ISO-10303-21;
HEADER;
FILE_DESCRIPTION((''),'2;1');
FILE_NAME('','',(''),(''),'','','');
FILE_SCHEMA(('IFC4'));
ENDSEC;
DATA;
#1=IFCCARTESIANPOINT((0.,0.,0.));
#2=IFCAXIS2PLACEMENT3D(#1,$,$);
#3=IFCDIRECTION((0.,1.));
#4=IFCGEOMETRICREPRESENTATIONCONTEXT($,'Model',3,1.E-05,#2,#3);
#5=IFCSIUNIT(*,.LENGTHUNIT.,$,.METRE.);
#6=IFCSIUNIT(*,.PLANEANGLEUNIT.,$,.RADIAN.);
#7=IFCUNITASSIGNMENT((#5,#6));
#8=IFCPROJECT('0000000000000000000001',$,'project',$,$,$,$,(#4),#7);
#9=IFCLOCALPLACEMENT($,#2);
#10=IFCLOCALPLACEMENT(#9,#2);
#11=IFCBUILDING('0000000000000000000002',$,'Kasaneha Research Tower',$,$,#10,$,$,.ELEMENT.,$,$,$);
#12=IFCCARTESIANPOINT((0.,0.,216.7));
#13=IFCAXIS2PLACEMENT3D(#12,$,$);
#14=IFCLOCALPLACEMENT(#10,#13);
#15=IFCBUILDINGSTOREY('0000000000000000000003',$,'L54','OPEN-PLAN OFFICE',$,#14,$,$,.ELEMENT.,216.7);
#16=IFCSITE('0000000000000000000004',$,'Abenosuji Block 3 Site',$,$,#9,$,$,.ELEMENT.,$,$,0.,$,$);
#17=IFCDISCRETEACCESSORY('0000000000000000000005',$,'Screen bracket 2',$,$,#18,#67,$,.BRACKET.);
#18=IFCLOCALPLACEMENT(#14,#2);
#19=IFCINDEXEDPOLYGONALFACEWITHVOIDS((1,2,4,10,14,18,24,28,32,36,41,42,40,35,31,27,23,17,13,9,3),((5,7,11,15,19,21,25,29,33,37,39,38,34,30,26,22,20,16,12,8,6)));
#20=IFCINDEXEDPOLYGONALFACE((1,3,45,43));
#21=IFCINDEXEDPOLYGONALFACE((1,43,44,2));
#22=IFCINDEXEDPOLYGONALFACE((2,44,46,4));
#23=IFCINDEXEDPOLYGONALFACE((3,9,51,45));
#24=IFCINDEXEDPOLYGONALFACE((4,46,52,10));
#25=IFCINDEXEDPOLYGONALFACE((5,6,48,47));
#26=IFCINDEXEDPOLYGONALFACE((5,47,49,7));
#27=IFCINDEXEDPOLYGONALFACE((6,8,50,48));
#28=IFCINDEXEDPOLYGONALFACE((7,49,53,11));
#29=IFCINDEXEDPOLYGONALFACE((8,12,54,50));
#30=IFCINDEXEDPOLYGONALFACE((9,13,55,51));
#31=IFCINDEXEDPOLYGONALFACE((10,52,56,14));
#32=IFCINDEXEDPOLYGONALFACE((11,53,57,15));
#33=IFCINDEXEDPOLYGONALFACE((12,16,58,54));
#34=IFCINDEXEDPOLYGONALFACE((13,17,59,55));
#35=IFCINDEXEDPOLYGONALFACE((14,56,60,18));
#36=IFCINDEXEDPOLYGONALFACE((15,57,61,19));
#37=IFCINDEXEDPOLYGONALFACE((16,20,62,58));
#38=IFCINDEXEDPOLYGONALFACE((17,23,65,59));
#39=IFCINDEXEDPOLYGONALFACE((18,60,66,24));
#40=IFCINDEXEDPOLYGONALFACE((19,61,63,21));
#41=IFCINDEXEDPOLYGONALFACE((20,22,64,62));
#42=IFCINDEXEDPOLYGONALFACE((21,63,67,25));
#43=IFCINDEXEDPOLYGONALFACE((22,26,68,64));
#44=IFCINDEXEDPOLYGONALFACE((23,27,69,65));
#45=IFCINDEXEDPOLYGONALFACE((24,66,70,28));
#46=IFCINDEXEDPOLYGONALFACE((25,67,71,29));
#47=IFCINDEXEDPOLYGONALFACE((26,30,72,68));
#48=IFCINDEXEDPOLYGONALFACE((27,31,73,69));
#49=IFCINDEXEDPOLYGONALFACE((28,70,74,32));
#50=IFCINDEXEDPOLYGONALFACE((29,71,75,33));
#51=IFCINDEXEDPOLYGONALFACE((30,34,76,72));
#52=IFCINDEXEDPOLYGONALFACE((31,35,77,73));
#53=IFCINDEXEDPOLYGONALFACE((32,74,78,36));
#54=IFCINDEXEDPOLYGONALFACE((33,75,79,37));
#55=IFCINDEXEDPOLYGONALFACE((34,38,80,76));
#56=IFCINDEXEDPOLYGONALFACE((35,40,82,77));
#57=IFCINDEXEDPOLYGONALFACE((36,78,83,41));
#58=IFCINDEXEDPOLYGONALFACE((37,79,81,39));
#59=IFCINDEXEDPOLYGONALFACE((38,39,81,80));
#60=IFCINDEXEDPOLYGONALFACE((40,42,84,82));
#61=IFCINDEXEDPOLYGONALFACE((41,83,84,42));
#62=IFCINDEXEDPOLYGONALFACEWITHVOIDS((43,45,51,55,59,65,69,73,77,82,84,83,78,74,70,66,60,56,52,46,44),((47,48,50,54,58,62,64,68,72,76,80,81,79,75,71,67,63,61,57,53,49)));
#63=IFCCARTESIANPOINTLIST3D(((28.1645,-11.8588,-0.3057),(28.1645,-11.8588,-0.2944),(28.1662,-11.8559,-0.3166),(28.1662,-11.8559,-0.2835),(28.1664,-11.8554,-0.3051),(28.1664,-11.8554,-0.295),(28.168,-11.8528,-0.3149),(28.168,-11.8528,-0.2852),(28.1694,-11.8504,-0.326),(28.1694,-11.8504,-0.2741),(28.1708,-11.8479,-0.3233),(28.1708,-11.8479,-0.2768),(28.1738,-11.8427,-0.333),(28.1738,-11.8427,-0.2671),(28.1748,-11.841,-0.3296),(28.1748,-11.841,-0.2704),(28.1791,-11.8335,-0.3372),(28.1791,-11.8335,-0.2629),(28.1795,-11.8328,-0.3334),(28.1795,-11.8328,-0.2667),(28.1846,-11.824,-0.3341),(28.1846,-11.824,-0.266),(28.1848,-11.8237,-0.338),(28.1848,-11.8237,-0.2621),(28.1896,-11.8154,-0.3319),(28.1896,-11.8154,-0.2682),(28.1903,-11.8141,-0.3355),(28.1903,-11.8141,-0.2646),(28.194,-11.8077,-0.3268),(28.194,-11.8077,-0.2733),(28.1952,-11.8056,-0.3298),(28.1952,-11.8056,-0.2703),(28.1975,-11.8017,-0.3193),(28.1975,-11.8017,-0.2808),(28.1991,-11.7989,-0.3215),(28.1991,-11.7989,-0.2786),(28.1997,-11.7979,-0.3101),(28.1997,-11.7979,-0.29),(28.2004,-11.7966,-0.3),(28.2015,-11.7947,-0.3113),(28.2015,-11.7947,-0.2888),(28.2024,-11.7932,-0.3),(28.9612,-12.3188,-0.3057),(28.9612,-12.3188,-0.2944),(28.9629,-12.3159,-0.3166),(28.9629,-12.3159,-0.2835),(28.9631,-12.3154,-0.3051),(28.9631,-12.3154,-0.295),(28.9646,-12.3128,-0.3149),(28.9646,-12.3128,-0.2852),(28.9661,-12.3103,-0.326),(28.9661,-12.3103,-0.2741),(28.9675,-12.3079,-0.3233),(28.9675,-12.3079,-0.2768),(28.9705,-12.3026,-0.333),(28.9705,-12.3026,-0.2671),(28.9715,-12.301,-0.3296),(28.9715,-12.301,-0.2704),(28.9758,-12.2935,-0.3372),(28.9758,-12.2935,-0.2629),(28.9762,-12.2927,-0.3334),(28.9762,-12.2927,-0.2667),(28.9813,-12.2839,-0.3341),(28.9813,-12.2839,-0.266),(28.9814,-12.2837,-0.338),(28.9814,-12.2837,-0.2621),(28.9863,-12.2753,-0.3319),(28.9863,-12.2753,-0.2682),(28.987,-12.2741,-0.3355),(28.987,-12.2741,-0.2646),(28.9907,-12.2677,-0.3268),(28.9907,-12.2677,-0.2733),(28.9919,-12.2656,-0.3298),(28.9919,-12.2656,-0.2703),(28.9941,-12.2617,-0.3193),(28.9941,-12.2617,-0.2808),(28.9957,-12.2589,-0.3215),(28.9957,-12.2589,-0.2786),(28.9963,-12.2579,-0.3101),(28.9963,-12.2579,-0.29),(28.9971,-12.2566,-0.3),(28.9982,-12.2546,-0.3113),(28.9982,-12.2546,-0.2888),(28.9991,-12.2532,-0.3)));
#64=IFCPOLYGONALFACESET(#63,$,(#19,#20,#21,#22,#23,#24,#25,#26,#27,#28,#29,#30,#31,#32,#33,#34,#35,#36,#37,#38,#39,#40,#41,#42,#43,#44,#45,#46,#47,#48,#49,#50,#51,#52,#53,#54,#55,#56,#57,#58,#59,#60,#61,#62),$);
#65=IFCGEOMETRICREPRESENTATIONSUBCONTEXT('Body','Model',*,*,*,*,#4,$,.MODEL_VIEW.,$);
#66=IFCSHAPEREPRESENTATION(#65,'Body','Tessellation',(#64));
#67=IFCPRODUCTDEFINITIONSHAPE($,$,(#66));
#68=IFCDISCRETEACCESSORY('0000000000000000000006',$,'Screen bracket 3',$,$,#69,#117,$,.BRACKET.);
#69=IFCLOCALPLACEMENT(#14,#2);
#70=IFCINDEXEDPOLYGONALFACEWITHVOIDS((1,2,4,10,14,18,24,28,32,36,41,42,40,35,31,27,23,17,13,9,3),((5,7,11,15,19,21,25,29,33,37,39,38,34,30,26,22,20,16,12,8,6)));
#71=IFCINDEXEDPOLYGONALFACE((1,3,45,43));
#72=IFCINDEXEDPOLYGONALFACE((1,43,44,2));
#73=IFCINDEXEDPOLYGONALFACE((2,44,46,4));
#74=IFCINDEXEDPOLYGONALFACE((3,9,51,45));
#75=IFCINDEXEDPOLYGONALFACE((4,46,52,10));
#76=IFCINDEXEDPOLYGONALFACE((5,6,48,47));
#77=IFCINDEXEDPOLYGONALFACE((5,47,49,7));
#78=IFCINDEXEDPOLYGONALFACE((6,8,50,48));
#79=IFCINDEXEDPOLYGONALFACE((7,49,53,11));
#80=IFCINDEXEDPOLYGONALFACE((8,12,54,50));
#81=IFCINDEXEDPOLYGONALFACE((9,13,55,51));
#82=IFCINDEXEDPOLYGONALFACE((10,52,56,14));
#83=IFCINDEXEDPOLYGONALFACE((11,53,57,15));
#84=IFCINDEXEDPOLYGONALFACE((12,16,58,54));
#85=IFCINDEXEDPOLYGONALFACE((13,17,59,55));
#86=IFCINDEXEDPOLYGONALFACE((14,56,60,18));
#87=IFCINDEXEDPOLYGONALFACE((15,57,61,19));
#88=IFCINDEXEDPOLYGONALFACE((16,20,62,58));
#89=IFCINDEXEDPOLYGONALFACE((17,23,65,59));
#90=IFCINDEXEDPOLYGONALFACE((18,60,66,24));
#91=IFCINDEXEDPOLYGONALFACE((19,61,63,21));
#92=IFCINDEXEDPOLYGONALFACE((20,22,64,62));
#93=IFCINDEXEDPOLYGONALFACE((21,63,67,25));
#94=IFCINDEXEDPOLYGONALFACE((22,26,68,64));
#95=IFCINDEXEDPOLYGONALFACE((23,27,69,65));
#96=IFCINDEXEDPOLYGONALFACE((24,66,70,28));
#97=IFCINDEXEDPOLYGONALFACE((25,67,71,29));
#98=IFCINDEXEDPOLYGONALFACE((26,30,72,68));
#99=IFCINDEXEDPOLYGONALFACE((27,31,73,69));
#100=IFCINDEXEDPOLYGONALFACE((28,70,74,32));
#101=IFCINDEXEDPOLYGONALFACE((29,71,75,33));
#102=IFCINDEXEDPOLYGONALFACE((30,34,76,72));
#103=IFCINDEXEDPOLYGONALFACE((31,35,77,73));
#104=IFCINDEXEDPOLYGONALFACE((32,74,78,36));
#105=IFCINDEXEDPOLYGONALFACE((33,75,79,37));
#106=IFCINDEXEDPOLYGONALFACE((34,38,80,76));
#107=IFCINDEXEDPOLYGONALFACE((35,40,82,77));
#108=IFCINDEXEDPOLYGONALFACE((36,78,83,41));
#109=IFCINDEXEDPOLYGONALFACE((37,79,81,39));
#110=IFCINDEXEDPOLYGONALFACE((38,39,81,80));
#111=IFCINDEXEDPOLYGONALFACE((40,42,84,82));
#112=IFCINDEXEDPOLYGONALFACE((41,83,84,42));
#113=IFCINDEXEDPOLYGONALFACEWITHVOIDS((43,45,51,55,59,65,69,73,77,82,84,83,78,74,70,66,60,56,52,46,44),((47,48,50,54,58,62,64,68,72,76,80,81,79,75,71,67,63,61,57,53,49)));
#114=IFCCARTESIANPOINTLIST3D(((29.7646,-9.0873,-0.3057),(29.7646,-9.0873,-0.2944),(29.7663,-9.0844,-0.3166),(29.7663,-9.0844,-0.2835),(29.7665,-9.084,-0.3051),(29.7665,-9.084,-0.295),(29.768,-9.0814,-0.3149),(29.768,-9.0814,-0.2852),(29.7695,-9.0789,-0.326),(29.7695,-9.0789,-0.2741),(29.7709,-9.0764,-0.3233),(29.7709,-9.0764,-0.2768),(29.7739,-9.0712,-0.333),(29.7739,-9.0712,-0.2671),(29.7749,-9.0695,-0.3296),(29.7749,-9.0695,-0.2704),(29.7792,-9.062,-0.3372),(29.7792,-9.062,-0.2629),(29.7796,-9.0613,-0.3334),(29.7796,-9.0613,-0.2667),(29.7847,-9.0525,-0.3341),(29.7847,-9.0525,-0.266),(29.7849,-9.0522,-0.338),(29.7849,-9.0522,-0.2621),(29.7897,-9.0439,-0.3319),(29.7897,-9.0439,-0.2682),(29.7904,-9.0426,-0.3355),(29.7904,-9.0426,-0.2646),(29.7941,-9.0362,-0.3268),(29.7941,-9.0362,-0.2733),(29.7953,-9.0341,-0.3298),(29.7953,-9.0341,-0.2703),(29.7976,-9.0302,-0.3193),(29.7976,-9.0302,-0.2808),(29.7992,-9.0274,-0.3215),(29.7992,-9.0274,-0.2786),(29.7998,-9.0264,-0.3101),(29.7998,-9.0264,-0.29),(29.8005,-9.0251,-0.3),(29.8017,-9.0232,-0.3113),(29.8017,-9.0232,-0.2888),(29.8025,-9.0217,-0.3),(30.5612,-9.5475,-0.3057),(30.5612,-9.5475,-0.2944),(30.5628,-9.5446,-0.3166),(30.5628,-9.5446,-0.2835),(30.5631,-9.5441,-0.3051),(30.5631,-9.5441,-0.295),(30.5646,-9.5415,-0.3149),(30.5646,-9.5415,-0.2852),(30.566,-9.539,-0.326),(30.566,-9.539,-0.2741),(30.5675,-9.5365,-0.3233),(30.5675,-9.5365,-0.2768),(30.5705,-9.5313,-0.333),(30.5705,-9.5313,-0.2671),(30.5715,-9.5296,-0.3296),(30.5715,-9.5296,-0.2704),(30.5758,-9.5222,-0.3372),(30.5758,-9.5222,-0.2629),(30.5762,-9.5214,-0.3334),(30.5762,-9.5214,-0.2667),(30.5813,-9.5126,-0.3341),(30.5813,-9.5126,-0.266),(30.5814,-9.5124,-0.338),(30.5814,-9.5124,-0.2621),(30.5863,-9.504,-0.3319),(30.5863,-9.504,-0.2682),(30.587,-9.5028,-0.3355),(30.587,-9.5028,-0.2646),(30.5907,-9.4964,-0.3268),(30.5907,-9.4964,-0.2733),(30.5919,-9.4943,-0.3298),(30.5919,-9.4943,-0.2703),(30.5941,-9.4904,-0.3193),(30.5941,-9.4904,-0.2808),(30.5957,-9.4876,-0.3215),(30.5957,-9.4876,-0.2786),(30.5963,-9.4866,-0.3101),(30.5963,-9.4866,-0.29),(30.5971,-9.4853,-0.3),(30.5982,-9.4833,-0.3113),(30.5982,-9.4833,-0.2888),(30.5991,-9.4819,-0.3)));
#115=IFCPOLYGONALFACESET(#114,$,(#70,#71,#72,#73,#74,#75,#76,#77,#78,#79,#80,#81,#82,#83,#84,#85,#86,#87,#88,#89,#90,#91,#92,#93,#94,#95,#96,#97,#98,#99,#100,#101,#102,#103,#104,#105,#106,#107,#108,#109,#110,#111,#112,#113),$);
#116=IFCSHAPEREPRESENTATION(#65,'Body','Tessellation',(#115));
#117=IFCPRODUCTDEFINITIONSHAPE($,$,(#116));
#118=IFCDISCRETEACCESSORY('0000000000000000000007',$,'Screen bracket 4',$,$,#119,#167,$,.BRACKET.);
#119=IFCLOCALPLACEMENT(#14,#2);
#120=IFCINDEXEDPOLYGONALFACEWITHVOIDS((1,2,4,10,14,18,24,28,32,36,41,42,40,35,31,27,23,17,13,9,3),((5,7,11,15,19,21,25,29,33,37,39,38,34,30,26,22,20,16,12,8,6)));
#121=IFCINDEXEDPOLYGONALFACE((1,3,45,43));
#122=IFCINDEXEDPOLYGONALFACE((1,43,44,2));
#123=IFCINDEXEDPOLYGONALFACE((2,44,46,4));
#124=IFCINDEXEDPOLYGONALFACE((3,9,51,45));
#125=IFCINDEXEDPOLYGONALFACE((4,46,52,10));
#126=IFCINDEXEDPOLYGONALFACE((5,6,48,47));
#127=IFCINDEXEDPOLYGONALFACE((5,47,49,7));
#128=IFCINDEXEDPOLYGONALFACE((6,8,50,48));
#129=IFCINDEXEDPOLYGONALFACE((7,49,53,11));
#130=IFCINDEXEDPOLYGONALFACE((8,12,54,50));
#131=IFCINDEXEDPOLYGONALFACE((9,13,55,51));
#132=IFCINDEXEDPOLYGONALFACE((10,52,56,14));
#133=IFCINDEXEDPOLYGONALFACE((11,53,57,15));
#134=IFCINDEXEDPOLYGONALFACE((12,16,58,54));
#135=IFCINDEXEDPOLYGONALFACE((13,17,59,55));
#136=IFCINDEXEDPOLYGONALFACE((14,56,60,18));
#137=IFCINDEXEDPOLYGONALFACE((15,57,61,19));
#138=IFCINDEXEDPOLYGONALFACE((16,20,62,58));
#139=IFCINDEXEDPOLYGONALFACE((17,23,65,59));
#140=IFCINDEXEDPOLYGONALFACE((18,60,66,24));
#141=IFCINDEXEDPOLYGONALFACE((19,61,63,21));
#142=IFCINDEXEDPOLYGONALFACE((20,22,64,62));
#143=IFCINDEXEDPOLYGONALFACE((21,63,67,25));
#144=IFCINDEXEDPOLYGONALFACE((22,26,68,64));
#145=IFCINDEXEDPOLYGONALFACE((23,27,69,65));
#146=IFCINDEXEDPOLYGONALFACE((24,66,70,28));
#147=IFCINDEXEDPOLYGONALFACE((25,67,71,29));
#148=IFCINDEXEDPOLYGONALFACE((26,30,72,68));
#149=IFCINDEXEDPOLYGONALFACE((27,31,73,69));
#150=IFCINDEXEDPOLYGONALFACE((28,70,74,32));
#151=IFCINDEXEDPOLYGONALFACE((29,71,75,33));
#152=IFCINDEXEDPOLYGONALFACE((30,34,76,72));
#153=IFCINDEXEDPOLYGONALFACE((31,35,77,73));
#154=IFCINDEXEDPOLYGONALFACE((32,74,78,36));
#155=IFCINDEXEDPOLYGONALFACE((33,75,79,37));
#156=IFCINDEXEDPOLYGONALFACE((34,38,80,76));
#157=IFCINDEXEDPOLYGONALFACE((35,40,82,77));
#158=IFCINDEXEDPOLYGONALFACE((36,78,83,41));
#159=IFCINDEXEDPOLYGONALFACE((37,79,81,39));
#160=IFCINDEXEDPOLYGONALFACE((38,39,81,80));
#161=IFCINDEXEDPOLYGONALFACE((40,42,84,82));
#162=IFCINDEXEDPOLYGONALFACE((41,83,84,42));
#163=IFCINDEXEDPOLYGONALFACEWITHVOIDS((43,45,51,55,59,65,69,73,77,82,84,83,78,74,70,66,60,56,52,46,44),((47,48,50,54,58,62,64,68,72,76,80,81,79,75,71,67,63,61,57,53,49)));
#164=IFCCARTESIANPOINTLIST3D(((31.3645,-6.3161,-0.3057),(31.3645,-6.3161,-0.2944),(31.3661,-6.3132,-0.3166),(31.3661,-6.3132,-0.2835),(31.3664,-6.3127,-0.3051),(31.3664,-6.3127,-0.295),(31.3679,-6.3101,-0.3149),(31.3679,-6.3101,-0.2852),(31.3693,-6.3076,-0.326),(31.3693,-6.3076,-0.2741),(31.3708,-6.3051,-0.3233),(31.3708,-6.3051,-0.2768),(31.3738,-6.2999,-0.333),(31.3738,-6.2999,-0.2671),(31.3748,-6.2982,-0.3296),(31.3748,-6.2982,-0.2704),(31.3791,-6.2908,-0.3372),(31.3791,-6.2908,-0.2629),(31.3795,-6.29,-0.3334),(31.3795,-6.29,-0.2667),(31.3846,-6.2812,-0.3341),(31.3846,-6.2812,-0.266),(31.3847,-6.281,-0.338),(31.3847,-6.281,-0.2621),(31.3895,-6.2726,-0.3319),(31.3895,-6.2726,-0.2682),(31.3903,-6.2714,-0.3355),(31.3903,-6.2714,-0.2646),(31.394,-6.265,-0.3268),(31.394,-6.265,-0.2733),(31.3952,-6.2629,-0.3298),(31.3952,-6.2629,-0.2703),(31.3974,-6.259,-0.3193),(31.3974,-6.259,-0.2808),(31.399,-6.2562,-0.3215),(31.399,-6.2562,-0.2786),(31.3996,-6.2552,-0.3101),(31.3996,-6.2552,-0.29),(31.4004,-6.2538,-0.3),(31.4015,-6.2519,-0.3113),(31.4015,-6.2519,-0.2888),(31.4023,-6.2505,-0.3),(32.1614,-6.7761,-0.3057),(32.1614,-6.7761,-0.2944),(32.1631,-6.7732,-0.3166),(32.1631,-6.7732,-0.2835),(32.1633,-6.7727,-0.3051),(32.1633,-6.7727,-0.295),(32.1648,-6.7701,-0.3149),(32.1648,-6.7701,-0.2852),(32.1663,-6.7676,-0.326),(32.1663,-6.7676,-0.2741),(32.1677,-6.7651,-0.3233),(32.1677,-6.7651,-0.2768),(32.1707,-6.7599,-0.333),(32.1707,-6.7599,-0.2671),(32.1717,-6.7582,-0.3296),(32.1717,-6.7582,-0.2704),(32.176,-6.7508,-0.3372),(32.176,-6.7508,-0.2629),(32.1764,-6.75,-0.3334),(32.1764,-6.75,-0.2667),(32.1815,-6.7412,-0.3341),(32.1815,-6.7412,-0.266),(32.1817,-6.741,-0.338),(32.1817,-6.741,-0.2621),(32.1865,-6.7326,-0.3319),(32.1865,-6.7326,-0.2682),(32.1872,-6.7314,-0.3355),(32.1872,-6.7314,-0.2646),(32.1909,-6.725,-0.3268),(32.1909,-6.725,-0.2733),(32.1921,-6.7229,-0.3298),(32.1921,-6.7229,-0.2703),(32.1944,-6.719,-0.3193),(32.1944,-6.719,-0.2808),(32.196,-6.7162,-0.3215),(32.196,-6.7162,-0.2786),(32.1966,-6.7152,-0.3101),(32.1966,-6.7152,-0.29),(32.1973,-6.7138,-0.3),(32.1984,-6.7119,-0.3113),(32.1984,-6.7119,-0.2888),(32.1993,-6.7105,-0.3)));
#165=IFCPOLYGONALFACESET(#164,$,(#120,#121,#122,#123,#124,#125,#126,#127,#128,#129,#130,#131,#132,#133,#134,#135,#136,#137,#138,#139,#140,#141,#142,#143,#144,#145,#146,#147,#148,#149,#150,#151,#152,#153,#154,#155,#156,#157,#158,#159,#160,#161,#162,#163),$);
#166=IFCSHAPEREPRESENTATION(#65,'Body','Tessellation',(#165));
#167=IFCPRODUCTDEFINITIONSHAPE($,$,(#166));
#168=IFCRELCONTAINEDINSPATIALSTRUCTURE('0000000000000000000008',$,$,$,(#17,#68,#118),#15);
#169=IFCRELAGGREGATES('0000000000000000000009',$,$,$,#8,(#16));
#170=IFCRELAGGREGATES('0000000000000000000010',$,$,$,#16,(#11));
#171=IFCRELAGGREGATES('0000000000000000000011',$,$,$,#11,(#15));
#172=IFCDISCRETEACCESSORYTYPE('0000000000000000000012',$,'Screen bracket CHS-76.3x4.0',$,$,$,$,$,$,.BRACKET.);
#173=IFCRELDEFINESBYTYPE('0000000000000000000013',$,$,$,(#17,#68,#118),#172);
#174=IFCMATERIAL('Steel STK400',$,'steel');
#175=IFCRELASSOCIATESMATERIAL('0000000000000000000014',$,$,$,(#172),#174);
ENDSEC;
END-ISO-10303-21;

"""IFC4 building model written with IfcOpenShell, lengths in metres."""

from ifc_helpers import new_model, si_unit, direction, frame, origin, origin_2d, place, context, subcontext, project, spatial, hollow_circle, extrude, material, material_profile, profile_set, type_object, element, save


model = new_model("IFC4")

# Units and contexts
model_context = context("Model", 3, precision=1e-05, world=origin(), true_north=direction((0.0, 1.0)))
body_context = subcontext(model_context, "Body", "Model", "MODEL_VIEW")
ifc_project = project(units=[si_unit("LENGTHUNIT", "METRE"), si_unit("PLANEANGLEUNIT", "RADIAN")], contexts=[model_context])

# Site, building, storey
site_placement = place(None, origin())
site = spatial("IfcSite", under=ifc_project, at=site_placement, Name="Abenosuji Block 3 Site", CompositionType="ELEMENT", RefElevation=0.0)
building_placement = place(site_placement, origin())
building = spatial("IfcBuilding", under=site, at=building_placement, Name="Kasaneha Research Tower", CompositionType="ELEMENT")
storey_placement = place(building_placement, frame((0.0, 0.0, 216.7)))
storey = spatial("IfcBuildingStorey", under=building, at=storey_placement, Name="L54", Description="OPEN-PLAN OFFICE", CompositionType="ELEMENT", Elevation=216.7)

# Discrete accessories
ifc_material_1 = material(Name="Steel STK400", Category="steel")
ifc_material_profile_1 = material_profile(ifc_material_1, hollow_circle(Radius=0.0381, WallThickness=0.0039, at=origin_2d()), Name="CHS-76.3x4.0")
ifc_profile_set_1 = profile_set([ifc_material_profile_1], Name="Steel STK400")
discrete_accessory_type = type_object("IfcDiscreteAccessoryType", Name="Screen bracket CHS-76.3x4.0", PredefinedType="BRACKET", material=ifc_profile_set_1)
for number, where, z_axis, x_axis, name in (
    (1, (28.1833, -11.8262, -0.3), (0.866013, -0.500021, 0.0), (0.500021, 0.866013, 0.0), "Screen bracket 2"),
    (2, (29.7834, -9.0547, -0.3), (0.865898, -0.50022, 0.0), (0.50022, 0.865898, 0.0), "Screen bracket 3"),
):
    element("IfcDiscreteAccessory", number, at=place(storey_placement, frame(where, z_axis=z_axis, x_axis=x_axis)), inside=storey, type_object=discrete_accessory_type, Name=name, PredefinedType="BRACKET", context=body_context, shape_type="SweptSolid", body=[
        extrude(hollow_circle(Radius=0.0381, WallThickness=0.0039, at=origin_2d()), origin(), (0.0, 0.0, 1.0), 0.9199),
    ])
discrete_accessory_1_placement = place(storey_placement, frame((31.3833, -6.2834, -0.3), z_axis=(0.86608, -0.499906, 0.0), x_axis=(0.499906, 0.86608, 0.0)))
element("IfcDiscreteAccessory", 3, at=discrete_accessory_1_placement, inside=storey, type_object=discrete_accessory_type, Name="Screen bracket 4", PredefinedType="BRACKET", context=body_context, shape_type="SweptSolid", body=[
    extrude(hollow_circle(Radius=0.0381, WallThickness=0.0039, at=origin_2d()), origin(), (0.0, 0.0, 1.0), 0.9202),
])

save(model, "model.ifc")
